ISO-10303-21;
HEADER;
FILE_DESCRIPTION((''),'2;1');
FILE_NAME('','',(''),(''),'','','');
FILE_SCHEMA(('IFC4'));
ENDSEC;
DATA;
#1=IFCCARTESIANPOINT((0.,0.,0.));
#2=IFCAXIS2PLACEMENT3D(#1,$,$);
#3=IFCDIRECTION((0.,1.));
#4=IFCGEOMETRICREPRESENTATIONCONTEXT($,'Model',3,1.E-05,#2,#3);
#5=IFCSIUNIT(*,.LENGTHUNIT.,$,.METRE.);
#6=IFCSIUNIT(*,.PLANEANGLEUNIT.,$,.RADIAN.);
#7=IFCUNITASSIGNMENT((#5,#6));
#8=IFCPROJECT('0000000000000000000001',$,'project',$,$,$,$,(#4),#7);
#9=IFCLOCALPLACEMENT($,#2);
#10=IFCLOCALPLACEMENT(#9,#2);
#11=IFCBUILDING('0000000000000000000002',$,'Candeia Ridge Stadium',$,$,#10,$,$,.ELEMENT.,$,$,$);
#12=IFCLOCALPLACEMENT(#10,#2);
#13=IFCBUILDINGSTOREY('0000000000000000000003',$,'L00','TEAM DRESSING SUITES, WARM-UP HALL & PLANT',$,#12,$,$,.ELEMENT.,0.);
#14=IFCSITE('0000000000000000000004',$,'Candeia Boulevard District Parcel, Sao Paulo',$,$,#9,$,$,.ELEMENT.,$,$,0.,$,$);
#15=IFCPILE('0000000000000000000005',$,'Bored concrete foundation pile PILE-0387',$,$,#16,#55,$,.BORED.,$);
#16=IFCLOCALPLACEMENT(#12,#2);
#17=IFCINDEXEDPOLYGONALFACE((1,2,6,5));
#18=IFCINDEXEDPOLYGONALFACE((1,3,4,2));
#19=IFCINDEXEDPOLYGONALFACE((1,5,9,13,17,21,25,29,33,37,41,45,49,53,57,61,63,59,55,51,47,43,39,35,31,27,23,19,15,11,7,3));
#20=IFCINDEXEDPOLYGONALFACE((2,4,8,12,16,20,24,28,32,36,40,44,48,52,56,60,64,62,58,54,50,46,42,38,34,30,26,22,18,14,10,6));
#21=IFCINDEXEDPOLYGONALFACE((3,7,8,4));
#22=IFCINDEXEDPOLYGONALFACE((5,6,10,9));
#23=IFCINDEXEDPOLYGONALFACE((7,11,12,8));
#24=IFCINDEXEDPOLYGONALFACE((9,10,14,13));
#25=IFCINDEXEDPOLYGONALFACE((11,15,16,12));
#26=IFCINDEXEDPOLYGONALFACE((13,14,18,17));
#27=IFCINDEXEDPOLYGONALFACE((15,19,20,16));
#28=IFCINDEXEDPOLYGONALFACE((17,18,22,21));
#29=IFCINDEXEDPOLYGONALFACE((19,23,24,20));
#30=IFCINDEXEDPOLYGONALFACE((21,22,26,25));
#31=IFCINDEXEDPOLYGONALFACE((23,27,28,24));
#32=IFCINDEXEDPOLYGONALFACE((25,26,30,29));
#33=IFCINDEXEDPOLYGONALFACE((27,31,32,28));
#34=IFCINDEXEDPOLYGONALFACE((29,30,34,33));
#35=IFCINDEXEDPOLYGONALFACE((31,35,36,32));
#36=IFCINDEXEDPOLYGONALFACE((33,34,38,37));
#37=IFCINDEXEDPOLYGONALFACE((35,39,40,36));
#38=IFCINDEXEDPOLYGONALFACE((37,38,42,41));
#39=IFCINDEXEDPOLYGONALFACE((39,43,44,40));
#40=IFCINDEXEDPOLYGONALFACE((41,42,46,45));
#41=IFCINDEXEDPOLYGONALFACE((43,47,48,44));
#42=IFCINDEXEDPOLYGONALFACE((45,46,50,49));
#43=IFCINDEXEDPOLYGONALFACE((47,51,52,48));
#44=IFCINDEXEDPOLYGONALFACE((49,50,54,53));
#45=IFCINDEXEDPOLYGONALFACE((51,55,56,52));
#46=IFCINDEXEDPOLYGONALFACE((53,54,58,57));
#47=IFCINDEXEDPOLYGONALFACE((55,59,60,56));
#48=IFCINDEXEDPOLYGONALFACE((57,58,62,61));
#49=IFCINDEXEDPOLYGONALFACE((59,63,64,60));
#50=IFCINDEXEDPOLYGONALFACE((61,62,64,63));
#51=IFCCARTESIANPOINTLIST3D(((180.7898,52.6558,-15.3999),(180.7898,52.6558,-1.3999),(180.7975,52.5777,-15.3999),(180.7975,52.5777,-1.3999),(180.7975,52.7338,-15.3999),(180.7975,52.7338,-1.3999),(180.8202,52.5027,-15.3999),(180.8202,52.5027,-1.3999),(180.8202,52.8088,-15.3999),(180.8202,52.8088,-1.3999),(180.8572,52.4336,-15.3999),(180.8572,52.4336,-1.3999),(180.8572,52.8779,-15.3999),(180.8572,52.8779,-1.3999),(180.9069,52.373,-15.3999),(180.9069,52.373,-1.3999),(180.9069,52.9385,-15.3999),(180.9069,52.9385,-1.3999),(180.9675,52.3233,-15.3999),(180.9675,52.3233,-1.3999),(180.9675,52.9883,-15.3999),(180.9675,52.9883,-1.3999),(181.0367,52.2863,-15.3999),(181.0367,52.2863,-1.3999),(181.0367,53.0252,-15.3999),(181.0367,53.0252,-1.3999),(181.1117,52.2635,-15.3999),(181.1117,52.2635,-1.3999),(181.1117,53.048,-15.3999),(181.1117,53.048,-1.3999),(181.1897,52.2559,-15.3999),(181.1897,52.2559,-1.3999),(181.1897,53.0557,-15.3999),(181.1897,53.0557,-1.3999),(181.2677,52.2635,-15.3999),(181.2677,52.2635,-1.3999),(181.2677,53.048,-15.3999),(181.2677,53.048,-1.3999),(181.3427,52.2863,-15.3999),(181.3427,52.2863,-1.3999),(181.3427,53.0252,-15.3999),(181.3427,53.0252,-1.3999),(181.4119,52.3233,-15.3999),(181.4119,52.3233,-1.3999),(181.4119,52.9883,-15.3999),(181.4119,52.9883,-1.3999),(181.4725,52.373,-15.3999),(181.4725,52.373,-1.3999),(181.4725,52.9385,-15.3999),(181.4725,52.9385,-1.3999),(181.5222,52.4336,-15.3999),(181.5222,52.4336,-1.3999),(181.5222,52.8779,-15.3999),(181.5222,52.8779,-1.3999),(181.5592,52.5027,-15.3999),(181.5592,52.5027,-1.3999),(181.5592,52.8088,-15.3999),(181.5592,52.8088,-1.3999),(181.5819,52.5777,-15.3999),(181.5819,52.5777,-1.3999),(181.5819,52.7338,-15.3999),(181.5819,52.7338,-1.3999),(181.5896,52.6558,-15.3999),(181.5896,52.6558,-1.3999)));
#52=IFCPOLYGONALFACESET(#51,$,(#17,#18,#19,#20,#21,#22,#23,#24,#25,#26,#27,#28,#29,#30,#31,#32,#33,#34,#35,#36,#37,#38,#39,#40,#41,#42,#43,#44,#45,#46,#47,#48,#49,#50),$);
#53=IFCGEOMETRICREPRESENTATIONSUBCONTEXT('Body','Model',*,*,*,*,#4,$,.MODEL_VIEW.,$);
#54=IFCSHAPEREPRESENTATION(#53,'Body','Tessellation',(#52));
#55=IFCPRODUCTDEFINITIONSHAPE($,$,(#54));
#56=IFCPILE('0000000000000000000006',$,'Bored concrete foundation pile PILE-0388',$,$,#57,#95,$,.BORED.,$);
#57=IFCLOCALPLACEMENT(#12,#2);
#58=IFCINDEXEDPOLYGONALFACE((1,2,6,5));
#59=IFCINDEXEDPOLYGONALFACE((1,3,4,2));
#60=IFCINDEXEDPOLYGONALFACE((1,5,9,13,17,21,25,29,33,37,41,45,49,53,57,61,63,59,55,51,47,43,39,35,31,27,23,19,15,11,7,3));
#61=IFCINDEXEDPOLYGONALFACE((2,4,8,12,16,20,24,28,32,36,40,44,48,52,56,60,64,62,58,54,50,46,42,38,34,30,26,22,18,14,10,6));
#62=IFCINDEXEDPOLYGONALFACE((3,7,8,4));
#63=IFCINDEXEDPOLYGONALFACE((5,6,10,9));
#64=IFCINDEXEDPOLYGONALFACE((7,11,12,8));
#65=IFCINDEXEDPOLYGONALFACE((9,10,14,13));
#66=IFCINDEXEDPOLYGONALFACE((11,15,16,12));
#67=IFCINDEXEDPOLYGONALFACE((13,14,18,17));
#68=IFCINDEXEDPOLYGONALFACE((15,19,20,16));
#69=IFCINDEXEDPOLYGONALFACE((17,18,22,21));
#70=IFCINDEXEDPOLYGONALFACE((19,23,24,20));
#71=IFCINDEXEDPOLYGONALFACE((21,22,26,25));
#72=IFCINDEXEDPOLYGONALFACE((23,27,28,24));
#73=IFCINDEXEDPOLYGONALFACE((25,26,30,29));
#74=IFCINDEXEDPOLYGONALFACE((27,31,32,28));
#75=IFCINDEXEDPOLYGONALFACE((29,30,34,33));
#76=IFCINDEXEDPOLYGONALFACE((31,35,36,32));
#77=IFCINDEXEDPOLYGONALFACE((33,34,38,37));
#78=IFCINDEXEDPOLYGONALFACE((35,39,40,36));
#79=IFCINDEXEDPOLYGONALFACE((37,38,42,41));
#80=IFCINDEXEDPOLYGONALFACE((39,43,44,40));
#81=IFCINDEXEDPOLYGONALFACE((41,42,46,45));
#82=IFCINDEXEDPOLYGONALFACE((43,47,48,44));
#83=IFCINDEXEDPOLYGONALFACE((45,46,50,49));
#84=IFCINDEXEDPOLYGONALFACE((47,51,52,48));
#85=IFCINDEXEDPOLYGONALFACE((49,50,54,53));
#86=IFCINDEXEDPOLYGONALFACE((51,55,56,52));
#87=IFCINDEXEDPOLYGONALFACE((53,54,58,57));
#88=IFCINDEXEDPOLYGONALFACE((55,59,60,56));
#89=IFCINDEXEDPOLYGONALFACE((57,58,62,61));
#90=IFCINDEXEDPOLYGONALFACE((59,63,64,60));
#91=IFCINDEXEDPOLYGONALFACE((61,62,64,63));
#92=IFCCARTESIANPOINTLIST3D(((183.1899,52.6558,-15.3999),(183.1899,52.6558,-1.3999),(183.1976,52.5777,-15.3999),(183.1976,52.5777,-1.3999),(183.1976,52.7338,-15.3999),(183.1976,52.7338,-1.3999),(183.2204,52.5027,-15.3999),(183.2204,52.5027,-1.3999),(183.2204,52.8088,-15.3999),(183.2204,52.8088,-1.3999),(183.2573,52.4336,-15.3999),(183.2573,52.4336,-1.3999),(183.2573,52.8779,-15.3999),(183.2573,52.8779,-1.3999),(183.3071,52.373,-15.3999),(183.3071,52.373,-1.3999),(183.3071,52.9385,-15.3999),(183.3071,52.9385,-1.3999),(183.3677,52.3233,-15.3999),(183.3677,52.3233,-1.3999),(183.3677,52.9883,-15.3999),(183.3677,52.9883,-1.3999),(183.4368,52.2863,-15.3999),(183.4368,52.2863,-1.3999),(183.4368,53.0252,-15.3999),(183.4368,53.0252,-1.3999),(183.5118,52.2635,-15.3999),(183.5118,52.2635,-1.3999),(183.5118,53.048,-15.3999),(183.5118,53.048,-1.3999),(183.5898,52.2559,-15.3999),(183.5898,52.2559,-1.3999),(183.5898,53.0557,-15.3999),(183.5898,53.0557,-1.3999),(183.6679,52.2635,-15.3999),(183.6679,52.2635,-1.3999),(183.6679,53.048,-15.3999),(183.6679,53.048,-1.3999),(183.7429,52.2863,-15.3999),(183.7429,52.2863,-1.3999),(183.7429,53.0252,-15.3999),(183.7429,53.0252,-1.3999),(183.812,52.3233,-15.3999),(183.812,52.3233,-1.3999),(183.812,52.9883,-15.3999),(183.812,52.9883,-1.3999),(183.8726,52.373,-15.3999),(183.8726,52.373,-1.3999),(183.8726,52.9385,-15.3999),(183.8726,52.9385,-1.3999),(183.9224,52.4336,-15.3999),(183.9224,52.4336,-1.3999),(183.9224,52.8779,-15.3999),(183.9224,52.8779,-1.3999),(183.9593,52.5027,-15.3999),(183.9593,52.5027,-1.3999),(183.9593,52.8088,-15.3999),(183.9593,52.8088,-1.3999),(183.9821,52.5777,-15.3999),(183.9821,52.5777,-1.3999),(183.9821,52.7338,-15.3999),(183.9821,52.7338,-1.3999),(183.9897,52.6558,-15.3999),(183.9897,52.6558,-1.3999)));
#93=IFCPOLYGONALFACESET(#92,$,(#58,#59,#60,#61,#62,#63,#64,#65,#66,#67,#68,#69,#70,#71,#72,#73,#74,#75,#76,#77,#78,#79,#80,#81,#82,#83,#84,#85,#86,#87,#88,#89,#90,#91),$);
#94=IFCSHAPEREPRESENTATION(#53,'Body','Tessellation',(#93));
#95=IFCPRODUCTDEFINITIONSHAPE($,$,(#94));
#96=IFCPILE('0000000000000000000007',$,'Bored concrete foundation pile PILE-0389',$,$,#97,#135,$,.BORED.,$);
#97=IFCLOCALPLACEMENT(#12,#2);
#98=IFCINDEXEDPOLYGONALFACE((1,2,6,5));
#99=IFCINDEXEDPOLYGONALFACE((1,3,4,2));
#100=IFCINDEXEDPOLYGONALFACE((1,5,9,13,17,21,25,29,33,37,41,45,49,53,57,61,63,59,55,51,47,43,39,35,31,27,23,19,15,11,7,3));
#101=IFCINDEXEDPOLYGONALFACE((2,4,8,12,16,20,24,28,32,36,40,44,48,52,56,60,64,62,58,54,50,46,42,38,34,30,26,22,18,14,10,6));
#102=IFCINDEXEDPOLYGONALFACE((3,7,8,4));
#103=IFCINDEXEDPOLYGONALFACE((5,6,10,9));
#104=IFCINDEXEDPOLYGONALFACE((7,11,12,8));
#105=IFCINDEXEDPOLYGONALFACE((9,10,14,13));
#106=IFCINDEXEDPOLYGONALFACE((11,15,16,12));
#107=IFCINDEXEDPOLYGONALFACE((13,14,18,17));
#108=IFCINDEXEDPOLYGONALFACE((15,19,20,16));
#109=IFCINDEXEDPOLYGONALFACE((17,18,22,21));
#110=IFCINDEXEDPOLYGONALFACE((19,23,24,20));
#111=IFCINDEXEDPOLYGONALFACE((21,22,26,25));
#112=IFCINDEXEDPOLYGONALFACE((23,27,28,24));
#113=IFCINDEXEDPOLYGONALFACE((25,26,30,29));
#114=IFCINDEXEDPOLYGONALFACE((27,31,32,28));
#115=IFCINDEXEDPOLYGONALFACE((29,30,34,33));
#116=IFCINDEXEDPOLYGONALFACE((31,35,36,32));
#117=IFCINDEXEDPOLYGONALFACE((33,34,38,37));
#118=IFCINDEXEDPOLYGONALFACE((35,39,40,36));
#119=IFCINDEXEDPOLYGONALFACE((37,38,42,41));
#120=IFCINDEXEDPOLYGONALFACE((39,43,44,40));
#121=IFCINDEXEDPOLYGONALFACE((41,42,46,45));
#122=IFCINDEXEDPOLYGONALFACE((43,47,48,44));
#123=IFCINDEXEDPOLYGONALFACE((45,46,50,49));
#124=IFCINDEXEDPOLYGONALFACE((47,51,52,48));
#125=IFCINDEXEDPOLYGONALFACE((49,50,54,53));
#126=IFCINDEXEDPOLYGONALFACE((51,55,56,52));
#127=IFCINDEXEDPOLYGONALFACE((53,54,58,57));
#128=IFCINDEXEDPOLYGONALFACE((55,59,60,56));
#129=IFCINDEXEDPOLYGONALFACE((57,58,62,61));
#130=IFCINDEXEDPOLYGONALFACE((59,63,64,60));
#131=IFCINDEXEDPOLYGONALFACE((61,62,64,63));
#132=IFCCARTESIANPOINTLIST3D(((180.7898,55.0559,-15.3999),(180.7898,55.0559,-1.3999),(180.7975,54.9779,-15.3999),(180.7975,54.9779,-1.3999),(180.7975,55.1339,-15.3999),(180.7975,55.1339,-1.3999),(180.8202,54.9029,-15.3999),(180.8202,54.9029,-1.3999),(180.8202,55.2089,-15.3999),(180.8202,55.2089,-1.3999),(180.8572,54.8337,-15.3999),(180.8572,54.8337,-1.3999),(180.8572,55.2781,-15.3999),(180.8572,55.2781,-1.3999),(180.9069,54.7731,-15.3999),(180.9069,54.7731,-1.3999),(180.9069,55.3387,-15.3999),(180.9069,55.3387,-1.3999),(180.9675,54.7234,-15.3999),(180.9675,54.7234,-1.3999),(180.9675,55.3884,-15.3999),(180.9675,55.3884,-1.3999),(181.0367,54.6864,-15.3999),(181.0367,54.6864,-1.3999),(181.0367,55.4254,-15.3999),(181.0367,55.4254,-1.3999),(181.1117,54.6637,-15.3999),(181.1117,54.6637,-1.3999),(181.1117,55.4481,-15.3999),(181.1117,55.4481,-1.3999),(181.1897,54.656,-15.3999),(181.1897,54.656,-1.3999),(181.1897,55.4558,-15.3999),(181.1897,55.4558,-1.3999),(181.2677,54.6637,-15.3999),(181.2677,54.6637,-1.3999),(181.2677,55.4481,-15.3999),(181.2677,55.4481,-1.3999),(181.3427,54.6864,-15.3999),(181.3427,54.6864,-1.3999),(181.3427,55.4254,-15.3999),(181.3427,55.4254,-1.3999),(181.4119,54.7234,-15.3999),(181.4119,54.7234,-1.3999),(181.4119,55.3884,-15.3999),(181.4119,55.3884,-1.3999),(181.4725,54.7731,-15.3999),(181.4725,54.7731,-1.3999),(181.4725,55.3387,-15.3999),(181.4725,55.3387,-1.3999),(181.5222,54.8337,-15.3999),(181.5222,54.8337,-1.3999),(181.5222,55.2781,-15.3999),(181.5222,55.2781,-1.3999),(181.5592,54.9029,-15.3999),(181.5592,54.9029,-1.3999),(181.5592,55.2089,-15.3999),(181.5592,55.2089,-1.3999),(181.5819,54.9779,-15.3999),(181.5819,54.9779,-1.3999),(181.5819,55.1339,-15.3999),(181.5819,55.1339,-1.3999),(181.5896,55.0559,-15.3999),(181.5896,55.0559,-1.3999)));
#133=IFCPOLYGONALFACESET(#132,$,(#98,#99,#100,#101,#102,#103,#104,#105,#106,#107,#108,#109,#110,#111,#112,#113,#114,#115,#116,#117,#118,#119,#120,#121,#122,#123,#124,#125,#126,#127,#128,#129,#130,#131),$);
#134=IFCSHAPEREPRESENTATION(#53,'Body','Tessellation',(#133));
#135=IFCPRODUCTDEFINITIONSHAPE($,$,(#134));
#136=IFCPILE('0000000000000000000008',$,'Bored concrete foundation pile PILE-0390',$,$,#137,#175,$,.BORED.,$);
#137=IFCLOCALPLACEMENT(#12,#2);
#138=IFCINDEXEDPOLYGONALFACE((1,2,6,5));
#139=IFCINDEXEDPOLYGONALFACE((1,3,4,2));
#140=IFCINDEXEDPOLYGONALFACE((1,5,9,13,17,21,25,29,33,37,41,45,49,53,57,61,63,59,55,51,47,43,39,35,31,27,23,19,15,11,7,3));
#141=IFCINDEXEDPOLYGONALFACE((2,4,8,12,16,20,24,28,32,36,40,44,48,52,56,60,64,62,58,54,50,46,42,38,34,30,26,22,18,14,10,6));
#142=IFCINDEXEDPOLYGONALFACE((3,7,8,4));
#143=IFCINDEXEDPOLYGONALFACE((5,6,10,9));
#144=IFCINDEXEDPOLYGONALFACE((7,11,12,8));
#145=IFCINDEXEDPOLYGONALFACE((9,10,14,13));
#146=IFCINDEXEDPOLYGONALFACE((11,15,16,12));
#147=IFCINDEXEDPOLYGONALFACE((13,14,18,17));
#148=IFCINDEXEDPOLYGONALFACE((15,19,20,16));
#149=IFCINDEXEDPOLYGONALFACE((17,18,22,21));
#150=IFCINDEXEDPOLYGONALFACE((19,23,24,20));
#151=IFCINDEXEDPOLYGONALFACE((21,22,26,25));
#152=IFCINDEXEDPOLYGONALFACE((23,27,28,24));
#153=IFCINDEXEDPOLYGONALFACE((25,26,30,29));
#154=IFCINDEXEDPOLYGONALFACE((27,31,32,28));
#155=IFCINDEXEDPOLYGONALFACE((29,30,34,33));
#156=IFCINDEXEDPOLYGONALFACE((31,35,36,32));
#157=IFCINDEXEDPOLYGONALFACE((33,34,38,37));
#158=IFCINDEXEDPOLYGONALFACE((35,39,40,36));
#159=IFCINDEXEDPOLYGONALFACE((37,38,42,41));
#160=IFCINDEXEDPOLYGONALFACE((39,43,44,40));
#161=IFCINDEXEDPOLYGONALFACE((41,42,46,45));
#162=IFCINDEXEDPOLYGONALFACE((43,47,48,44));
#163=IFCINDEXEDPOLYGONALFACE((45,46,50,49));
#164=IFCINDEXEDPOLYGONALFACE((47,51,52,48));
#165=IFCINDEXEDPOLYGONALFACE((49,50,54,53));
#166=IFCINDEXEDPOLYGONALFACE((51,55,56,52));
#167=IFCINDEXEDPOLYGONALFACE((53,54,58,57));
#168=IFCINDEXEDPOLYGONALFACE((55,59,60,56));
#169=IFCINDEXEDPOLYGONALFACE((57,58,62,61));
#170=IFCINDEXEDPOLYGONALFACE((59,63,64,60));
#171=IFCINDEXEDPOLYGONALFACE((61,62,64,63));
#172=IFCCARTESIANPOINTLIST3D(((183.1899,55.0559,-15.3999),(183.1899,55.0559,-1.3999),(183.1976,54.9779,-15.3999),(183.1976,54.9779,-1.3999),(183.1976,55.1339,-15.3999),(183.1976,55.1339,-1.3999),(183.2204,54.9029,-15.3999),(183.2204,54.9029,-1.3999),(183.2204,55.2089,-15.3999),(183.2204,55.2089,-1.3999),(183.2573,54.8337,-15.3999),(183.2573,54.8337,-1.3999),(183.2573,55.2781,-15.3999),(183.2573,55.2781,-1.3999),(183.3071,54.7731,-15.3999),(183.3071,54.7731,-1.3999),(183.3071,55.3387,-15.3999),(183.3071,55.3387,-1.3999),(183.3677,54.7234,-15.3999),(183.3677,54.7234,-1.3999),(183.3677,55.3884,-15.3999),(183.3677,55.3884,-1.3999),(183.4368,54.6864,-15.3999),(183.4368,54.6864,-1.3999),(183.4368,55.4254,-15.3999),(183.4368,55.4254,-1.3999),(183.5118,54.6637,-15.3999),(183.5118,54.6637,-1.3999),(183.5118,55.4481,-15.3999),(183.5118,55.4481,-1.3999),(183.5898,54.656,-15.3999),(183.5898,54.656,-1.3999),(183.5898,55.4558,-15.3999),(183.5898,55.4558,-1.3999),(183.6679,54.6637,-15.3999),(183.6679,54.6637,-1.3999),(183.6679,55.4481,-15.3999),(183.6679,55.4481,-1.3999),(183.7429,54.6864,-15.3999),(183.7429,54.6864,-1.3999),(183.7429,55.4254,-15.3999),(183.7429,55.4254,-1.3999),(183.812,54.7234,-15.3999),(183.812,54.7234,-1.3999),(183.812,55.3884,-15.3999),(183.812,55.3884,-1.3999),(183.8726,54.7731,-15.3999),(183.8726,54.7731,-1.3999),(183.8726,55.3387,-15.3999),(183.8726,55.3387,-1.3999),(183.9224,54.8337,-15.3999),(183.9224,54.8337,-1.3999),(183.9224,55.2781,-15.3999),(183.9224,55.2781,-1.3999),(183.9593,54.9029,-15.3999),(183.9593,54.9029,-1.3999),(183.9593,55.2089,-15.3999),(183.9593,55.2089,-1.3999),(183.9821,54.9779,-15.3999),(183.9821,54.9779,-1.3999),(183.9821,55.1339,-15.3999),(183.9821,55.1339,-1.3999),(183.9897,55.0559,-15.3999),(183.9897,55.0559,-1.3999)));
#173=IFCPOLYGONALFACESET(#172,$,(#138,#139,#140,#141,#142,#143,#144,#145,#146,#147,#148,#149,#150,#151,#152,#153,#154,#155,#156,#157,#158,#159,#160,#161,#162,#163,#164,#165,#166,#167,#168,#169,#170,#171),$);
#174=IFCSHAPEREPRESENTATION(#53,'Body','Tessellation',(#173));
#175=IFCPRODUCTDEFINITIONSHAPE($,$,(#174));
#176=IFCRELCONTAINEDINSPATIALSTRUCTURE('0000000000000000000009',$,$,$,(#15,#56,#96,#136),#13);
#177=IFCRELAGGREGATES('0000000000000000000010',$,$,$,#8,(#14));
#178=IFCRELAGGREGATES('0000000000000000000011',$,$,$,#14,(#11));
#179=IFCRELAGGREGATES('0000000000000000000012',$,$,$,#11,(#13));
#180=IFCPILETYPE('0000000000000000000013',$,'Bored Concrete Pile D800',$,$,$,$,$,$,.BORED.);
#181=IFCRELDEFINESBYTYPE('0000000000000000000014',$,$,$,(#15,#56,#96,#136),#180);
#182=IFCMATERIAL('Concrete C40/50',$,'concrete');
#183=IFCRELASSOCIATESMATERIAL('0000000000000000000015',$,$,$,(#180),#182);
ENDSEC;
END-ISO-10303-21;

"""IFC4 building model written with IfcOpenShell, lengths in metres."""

from ifc_helpers import new_model, si_unit, direction, frame, origin, origin_2d, place, context, subcontext, project, spatial, circle, extrude, material, material_profile, profile_set, type_object, element, save


model = new_model("IFC4")

# Units and contexts
model_context = context("Model", 3, precision=1e-05, world=origin(), true_north=direction((0.0, 1.0)))
body_context = subcontext(model_context, "Body", "Model", "MODEL_VIEW")
ifc_project = project(units=[si_unit("LENGTHUNIT", "METRE"), si_unit("PLANEANGLEUNIT", "RADIAN")], contexts=[model_context])

# Site, building, storey
site_placement = place(None, origin())
site = spatial("IfcSite", under=ifc_project, at=site_placement, Name="Candeia Boulevard District Parcel, Sao Paulo", CompositionType="ELEMENT", RefElevation=0.0)
building_placement = place(site_placement, origin())
building = spatial("IfcBuilding", under=site, at=building_placement, Name="Candeia Ridge Stadium", CompositionType="ELEMENT")
storey_placement = place(building_placement, origin())
storey = spatial("IfcBuildingStorey", under=building, at=storey_placement, Name="L00", Description="TEAM DRESSING SUITES, WARM-UP HALL & PLANT", CompositionType="ELEMENT", Elevation=0.0)

# Piles
ifc_material_1 = material(Name="Concrete C40/50", Category="concrete")
ifc_material_profile_1 = material_profile(ifc_material_1, circle(Radius=0.3999, at=origin_2d()), Name="PILE-D800", Category="concrete")
ifc_profile_set_1 = profile_set([ifc_material_profile_1], Name="Concrete C40/50")
pile_type_1 = type_object("IfcPileType", Name="Bored Concrete Pile D800", PredefinedType="BORED", material=ifc_profile_set_1)
for number, where, z_axis, x_axis, name in (
    (1, (181.1897, 52.6558, -1.3999), (0.0, 0.0, -1.0), (1.0, 0.0, 0.0), "Bored concrete foundation pile PILE-0387"),
    (2, (183.5898, 52.6558, -1.3999), (0.0, 0.0, -1.0), (1.0, 0.0, 0.0), "Bored concrete foundation pile PILE-0388"),
    (3, (181.1897, 55.0559, -1.3999), (0.0, 0.0, -1.0), (1.0, 0.0, 0.0), "Bored concrete foundation pile PILE-0389"),
    (4, (183.5898, 55.0559, -1.3999), (0.0, 0.0, -1.0), (1.0, 0.0, 0.0), "Bored concrete foundation pile PILE-0390"),
):
    element("IfcPile", number, at=place(storey_placement, frame(where, z_axis=z_axis, x_axis=x_axis)), inside=storey, type_object=pile_type_1, Name=name, PredefinedType="BORED", context=body_context, shape_type="SweptSolid", body=[
        extrude(circle(Radius=0.3999, at=origin_2d()), origin(), (0.0, 0.0, 1.0), 14.0),
    ])

save(model, "model.ifc")
